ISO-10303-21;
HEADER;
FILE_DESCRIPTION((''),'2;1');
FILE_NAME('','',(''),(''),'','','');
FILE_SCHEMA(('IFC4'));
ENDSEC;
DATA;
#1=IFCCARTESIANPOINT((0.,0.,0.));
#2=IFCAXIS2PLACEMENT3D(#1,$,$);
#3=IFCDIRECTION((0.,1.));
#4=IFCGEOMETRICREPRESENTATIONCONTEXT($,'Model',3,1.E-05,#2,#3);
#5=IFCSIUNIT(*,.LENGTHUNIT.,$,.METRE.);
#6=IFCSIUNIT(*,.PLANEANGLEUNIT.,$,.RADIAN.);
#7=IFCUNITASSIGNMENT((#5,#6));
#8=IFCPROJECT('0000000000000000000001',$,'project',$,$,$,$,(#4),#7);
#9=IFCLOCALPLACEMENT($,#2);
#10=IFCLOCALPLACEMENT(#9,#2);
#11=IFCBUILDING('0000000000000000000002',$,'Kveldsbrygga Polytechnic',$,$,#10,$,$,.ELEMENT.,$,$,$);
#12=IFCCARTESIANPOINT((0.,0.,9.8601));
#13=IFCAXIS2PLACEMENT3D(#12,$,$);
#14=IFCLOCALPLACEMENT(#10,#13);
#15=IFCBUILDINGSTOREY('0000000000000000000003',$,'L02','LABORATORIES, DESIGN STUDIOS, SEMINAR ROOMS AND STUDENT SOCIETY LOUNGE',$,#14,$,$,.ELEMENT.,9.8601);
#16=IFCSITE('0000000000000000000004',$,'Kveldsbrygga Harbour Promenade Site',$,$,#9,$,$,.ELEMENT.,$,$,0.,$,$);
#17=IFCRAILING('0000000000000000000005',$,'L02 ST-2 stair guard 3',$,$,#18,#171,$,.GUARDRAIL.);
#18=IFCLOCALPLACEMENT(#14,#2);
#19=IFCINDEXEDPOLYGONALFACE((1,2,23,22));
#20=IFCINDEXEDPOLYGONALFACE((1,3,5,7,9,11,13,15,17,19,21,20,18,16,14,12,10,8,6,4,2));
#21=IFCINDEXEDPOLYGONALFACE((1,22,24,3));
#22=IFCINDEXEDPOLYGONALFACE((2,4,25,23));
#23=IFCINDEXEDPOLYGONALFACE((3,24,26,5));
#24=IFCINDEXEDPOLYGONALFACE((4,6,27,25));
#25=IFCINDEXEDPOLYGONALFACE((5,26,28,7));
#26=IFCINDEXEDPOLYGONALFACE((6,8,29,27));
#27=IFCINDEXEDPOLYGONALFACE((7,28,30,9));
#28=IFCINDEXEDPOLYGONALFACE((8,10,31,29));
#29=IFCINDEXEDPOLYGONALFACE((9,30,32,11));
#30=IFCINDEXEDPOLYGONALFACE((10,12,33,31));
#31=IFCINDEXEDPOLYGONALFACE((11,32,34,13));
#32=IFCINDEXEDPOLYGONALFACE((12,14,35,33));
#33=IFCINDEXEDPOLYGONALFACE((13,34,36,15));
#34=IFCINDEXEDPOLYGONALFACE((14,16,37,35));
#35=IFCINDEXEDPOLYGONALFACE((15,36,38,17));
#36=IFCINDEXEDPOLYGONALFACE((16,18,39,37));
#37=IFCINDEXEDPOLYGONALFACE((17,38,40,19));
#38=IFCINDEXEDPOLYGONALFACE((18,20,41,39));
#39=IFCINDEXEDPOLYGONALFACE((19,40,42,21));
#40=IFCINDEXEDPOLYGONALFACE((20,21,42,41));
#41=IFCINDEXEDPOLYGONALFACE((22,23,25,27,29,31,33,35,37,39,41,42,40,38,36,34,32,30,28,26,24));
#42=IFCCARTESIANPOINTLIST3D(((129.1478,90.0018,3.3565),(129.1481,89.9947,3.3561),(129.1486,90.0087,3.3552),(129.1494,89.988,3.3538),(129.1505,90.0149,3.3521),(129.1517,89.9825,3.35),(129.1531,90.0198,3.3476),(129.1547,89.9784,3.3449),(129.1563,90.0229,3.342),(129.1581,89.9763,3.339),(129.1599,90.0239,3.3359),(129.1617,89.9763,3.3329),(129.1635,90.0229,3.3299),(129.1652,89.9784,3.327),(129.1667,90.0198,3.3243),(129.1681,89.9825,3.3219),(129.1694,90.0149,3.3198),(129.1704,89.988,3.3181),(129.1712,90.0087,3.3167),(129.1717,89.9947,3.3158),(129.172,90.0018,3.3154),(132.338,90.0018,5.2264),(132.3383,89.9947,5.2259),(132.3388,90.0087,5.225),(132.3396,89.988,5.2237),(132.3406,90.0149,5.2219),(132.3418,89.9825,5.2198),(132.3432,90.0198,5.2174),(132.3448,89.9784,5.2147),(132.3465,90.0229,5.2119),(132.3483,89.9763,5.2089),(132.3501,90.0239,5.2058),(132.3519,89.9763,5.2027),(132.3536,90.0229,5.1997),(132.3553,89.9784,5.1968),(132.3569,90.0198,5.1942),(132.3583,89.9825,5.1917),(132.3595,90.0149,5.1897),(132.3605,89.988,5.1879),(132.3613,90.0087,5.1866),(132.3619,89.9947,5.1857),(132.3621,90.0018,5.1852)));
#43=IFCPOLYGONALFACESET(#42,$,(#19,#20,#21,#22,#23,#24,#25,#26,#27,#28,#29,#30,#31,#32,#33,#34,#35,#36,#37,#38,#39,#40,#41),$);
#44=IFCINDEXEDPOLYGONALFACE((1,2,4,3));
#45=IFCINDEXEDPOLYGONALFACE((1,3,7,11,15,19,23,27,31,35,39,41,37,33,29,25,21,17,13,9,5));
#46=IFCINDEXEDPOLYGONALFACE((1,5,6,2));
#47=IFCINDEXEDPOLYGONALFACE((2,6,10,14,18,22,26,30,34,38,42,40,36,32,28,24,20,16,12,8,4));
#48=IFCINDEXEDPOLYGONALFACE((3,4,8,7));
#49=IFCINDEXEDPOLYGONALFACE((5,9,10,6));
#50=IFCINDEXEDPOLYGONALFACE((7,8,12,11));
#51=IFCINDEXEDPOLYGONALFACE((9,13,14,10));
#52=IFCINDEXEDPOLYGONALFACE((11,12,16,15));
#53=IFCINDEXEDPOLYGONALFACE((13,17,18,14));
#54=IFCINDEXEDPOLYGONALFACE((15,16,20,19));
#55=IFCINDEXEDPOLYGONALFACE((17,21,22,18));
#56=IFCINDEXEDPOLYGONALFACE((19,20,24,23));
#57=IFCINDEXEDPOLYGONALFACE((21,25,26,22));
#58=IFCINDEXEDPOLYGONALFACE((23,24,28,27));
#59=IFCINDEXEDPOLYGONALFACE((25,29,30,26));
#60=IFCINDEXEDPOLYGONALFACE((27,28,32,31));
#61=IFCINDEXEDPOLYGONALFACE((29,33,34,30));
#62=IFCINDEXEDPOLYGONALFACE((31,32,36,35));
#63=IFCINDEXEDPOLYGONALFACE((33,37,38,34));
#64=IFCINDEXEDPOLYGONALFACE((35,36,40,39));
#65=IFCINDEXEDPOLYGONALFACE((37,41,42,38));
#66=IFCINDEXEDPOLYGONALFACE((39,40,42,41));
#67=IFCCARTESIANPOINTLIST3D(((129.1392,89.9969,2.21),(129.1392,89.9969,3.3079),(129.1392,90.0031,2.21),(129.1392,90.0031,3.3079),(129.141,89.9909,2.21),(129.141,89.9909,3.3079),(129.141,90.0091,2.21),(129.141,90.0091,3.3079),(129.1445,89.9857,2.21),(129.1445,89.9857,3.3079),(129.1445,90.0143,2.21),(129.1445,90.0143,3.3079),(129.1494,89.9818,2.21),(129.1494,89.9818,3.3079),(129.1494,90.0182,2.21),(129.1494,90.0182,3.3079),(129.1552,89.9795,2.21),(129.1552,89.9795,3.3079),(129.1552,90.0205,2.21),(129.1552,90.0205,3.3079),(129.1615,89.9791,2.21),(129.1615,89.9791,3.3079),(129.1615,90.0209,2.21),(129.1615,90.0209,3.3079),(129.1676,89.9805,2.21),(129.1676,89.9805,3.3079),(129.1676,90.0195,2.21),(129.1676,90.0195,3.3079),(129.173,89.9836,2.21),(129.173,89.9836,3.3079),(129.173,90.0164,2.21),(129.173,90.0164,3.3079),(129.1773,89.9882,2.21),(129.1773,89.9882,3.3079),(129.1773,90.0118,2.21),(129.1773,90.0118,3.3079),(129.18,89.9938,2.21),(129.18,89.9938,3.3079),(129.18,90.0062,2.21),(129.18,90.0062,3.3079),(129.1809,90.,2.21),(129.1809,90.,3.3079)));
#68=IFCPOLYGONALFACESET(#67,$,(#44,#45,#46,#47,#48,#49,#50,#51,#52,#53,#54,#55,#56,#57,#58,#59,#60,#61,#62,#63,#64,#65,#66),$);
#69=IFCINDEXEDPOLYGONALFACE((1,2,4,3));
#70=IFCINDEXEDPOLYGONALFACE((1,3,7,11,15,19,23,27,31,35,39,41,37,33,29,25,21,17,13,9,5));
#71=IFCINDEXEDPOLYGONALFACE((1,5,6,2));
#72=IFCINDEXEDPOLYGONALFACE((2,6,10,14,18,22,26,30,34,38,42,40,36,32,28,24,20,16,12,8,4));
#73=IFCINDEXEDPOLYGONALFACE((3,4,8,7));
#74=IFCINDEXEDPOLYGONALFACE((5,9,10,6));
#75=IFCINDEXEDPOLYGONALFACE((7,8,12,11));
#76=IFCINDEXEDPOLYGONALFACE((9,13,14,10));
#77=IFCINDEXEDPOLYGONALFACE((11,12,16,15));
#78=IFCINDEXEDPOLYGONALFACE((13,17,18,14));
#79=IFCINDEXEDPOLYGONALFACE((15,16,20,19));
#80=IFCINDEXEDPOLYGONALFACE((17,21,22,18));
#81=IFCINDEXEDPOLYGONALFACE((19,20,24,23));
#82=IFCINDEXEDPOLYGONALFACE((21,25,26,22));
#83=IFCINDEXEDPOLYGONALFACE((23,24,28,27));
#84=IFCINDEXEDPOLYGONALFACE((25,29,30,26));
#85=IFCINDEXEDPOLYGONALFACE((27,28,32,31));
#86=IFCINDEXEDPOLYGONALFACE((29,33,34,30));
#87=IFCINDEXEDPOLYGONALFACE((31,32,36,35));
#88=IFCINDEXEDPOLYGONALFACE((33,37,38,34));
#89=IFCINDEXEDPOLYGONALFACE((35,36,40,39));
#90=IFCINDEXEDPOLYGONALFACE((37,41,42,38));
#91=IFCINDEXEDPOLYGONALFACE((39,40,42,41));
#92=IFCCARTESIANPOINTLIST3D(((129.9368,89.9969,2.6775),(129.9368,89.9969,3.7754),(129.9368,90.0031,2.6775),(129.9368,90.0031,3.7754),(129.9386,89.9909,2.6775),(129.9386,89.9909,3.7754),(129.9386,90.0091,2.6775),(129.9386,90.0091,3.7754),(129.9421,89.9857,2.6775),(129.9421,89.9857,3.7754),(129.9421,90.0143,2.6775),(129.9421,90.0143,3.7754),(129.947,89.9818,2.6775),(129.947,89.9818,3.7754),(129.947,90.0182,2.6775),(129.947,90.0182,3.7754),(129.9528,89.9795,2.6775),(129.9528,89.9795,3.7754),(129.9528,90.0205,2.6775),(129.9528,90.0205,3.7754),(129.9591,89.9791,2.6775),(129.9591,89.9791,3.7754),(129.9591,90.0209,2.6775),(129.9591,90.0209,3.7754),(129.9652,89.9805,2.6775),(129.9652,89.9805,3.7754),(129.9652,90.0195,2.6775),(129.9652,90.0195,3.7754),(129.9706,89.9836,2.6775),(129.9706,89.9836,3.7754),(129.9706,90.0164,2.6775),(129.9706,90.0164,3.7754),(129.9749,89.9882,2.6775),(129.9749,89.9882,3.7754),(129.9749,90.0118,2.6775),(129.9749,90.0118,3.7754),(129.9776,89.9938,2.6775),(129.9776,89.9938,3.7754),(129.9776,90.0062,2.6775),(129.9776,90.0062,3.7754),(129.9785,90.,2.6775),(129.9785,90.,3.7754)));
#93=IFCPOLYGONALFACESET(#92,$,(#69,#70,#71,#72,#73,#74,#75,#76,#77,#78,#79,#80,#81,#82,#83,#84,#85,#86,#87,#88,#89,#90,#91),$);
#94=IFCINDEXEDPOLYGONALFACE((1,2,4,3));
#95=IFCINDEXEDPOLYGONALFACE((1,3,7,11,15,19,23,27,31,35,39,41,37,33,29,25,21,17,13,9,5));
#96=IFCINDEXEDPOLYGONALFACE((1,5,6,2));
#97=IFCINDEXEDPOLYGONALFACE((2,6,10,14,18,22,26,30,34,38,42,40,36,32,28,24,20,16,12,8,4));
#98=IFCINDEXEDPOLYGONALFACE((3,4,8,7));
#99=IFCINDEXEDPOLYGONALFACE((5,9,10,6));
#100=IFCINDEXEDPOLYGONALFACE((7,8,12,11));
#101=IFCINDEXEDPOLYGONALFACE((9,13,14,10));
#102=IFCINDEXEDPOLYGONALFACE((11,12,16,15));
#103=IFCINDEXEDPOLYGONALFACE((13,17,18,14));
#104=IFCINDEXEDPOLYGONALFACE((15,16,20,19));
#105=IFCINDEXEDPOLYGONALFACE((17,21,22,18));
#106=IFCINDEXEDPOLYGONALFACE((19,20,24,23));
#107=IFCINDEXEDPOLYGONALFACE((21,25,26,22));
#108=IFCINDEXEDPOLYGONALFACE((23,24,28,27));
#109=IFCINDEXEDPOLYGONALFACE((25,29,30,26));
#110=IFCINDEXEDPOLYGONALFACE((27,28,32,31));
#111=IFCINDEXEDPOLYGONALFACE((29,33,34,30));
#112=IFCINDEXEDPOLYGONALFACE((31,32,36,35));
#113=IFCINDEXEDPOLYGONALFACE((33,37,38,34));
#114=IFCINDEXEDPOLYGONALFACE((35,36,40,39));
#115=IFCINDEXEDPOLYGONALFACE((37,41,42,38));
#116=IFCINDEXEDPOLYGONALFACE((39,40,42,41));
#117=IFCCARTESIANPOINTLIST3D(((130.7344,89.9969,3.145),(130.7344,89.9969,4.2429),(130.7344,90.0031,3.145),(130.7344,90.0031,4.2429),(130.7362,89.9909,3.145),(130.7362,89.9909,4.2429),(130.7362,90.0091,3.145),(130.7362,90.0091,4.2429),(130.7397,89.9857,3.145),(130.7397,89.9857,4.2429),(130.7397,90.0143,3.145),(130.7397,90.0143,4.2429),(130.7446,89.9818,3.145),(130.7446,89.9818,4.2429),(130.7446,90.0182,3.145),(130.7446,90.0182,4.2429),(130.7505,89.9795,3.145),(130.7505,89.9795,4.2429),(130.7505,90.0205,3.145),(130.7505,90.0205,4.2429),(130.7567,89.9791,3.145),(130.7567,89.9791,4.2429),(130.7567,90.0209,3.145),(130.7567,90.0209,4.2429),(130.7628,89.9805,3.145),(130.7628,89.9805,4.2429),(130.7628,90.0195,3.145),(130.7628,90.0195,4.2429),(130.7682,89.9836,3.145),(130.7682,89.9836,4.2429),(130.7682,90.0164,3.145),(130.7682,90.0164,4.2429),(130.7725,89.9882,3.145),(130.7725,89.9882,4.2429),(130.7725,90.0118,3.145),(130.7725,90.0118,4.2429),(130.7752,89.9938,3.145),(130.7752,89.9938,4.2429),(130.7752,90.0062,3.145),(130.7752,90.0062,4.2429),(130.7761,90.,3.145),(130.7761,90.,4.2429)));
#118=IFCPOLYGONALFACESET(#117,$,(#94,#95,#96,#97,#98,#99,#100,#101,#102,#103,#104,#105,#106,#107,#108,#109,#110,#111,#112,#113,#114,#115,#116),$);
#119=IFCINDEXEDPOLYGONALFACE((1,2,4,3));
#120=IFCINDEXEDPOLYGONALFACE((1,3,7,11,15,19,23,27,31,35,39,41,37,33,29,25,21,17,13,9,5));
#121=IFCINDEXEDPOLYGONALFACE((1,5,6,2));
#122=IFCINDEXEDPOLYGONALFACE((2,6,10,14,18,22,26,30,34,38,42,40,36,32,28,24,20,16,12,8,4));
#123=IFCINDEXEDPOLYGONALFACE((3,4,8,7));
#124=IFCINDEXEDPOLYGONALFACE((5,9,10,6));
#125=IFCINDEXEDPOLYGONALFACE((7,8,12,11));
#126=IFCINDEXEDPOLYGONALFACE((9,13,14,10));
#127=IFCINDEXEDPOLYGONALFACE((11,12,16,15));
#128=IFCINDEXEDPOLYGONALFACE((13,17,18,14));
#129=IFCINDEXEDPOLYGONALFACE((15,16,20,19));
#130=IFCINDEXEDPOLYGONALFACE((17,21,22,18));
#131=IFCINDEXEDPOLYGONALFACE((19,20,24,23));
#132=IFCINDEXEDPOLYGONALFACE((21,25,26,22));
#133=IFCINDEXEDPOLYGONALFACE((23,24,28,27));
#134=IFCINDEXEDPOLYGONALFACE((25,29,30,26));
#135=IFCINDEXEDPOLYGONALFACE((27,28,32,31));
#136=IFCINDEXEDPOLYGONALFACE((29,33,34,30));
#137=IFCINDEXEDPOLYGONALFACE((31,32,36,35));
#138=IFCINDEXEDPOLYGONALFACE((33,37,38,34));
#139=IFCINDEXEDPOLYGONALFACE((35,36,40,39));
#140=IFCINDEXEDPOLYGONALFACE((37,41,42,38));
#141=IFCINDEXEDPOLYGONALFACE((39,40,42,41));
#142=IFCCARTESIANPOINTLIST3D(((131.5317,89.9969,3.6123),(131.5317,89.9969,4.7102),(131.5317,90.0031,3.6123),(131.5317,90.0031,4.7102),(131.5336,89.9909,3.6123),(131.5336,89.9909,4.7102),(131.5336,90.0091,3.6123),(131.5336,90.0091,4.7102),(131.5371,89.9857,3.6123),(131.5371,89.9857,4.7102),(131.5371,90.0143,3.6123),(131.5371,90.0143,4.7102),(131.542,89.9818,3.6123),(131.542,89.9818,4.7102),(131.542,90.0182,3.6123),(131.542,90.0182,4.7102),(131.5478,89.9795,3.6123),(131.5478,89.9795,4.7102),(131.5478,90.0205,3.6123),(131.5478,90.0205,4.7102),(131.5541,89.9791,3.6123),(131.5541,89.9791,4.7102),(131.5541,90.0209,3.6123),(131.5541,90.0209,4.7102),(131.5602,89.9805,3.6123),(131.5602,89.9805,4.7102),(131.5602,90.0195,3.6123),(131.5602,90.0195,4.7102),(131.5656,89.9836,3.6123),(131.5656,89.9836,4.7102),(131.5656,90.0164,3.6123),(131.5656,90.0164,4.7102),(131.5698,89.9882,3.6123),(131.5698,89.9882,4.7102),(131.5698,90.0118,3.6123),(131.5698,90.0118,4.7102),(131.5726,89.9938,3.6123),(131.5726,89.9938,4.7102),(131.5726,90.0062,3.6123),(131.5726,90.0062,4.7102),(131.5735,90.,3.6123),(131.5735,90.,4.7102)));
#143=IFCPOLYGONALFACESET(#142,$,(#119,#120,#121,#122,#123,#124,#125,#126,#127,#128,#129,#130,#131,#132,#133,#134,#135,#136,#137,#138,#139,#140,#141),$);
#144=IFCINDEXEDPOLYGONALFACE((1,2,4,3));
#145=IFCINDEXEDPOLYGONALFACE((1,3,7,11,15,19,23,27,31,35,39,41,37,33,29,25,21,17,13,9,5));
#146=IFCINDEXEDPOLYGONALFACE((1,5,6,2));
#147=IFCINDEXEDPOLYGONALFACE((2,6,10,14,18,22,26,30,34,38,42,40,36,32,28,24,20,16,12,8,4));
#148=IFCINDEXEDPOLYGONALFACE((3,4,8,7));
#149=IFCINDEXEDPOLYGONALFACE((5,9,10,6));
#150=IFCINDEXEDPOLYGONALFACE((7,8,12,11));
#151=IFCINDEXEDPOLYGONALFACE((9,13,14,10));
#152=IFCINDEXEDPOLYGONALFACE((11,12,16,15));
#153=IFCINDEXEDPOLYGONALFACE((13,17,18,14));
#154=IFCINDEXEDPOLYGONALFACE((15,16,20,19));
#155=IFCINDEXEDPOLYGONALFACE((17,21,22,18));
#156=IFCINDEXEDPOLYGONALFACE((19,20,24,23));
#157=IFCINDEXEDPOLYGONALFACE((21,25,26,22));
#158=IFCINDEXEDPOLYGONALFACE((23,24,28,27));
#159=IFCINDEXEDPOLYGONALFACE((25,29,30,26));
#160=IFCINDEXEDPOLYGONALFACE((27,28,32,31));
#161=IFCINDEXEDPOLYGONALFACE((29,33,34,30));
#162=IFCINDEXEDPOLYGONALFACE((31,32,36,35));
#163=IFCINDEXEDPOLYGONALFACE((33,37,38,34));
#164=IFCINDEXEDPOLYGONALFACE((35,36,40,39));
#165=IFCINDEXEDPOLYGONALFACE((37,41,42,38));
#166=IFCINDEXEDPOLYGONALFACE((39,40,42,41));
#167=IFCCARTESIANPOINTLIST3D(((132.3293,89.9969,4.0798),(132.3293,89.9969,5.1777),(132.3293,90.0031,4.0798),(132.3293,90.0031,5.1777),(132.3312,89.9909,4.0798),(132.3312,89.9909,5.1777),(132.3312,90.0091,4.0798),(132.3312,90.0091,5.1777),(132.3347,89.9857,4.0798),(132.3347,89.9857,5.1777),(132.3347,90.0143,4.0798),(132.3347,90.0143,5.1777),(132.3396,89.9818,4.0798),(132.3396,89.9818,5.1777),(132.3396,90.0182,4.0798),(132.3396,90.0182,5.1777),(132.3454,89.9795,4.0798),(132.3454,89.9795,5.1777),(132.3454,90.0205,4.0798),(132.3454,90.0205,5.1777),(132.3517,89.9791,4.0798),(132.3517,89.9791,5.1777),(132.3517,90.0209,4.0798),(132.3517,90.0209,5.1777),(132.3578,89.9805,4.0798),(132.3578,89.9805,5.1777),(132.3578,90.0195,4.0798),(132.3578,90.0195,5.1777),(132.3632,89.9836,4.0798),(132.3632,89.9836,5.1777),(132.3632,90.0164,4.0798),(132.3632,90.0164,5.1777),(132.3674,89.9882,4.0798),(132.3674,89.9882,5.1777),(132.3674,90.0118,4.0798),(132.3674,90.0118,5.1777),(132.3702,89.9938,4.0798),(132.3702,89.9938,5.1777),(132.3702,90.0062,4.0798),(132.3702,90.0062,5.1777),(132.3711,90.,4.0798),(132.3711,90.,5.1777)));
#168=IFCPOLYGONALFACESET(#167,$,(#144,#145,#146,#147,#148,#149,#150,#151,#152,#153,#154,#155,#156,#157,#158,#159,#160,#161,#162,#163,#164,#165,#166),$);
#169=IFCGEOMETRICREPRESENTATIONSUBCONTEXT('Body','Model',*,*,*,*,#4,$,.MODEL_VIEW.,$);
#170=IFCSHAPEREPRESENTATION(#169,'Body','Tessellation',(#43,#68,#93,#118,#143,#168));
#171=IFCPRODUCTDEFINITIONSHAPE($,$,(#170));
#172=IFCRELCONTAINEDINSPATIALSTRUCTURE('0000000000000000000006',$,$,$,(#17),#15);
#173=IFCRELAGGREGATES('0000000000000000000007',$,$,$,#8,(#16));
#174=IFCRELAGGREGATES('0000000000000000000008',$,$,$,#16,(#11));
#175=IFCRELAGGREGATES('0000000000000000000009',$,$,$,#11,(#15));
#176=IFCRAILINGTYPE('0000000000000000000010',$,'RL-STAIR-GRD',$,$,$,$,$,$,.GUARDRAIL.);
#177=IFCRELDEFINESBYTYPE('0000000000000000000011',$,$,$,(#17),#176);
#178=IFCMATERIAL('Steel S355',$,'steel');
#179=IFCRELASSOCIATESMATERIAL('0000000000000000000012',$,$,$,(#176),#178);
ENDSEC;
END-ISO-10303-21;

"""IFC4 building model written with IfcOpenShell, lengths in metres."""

from ifc_helpers import new_model, si_unit, direction, frame, origin, origin_2d, place, context, subcontext, project, spatial, circle, extrude, material, type_object, element, save


model = new_model("IFC4")

# Units and contexts
model_context = context("Model", 3, precision=1e-05, world=origin(), true_north=direction((0.0, 1.0)))
body_context = subcontext(model_context, "Body", "Model", "MODEL_VIEW")
ifc_project = project(units=[si_unit("LENGTHUNIT", "METRE"), si_unit("PLANEANGLEUNIT", "RADIAN")], contexts=[model_context])

# Site, building, storey
site_placement = place(None, origin())
site = spatial("IfcSite", under=ifc_project, at=site_placement, Name="Kveldsbrygga Harbour Promenade Site", CompositionType="ELEMENT", RefElevation=0.0)
building_placement = place(site_placement, origin())
building = spatial("IfcBuilding", under=site, at=building_placement, Name="Kveldsbrygga Polytechnic", CompositionType="ELEMENT")
storey_placement = place(building_placement, frame((0.0, 0.0, 9.8601)))
storey = spatial("IfcBuildingStorey", under=building, at=storey_placement, Name="L02", Description="LABORATORIES, DESIGN STUDIOS, SEMINAR ROOMS AND STUDENT SOCIETY LOUNGE", CompositionType="ELEMENT", Elevation=9.8601)

# Railing
ifc_material_1 = material(Name="Steel S355", Category="steel")
railing_type_1 = type_object("IfcRailingType", Name="RL-STAIR-GRD", PredefinedType="GUARDRAIL", material=ifc_material_1)
railing_1_placement = place(storey_placement, frame((129.1599, 90.0, 2.21)))
element("IfcRailing", 1, at=railing_1_placement, inside=storey, type_object=railing_type_1, Name="L02 ST-2 stair guard 3", PredefinedType="GUARDRAIL", context=body_context, shape_type="SweptSolid", body=[
    extrude(circle(Radius=0.0239, at=origin_2d()), frame((0.0, 0.0, 1.126), z_axis=(0.862726, 0.0, 0.505672), x_axis=(0.0, 1.0, 0.0)), (0.0, 0.0, 1.0), 3.6978),
    extrude(circle(Radius=0.021, at=origin_2d()), origin(), (0.0, 0.0, 1.0), 1.0979),
    extrude(circle(Radius=0.021, at=origin_2d()), frame((0.7976, 0.0, 0.4675)), (0.0, 0.0, 1.0), 1.0979),
    extrude(circle(Radius=0.021, at=origin_2d()), frame((1.5952, 0.0, 0.9351)), (0.0, 0.0, 1.0), 1.0979),
    extrude(circle(Radius=0.021, at=origin_2d()), frame((2.3926, 0.0, 1.4023)), (0.0, 0.0, 1.0), 1.0979),
    extrude(circle(Radius=0.021, at=origin_2d()), frame((3.1902, 0.0, 1.8699)), (0.0, 0.0, 1.0), 1.0979),
])

save(model, "model.ifc")
